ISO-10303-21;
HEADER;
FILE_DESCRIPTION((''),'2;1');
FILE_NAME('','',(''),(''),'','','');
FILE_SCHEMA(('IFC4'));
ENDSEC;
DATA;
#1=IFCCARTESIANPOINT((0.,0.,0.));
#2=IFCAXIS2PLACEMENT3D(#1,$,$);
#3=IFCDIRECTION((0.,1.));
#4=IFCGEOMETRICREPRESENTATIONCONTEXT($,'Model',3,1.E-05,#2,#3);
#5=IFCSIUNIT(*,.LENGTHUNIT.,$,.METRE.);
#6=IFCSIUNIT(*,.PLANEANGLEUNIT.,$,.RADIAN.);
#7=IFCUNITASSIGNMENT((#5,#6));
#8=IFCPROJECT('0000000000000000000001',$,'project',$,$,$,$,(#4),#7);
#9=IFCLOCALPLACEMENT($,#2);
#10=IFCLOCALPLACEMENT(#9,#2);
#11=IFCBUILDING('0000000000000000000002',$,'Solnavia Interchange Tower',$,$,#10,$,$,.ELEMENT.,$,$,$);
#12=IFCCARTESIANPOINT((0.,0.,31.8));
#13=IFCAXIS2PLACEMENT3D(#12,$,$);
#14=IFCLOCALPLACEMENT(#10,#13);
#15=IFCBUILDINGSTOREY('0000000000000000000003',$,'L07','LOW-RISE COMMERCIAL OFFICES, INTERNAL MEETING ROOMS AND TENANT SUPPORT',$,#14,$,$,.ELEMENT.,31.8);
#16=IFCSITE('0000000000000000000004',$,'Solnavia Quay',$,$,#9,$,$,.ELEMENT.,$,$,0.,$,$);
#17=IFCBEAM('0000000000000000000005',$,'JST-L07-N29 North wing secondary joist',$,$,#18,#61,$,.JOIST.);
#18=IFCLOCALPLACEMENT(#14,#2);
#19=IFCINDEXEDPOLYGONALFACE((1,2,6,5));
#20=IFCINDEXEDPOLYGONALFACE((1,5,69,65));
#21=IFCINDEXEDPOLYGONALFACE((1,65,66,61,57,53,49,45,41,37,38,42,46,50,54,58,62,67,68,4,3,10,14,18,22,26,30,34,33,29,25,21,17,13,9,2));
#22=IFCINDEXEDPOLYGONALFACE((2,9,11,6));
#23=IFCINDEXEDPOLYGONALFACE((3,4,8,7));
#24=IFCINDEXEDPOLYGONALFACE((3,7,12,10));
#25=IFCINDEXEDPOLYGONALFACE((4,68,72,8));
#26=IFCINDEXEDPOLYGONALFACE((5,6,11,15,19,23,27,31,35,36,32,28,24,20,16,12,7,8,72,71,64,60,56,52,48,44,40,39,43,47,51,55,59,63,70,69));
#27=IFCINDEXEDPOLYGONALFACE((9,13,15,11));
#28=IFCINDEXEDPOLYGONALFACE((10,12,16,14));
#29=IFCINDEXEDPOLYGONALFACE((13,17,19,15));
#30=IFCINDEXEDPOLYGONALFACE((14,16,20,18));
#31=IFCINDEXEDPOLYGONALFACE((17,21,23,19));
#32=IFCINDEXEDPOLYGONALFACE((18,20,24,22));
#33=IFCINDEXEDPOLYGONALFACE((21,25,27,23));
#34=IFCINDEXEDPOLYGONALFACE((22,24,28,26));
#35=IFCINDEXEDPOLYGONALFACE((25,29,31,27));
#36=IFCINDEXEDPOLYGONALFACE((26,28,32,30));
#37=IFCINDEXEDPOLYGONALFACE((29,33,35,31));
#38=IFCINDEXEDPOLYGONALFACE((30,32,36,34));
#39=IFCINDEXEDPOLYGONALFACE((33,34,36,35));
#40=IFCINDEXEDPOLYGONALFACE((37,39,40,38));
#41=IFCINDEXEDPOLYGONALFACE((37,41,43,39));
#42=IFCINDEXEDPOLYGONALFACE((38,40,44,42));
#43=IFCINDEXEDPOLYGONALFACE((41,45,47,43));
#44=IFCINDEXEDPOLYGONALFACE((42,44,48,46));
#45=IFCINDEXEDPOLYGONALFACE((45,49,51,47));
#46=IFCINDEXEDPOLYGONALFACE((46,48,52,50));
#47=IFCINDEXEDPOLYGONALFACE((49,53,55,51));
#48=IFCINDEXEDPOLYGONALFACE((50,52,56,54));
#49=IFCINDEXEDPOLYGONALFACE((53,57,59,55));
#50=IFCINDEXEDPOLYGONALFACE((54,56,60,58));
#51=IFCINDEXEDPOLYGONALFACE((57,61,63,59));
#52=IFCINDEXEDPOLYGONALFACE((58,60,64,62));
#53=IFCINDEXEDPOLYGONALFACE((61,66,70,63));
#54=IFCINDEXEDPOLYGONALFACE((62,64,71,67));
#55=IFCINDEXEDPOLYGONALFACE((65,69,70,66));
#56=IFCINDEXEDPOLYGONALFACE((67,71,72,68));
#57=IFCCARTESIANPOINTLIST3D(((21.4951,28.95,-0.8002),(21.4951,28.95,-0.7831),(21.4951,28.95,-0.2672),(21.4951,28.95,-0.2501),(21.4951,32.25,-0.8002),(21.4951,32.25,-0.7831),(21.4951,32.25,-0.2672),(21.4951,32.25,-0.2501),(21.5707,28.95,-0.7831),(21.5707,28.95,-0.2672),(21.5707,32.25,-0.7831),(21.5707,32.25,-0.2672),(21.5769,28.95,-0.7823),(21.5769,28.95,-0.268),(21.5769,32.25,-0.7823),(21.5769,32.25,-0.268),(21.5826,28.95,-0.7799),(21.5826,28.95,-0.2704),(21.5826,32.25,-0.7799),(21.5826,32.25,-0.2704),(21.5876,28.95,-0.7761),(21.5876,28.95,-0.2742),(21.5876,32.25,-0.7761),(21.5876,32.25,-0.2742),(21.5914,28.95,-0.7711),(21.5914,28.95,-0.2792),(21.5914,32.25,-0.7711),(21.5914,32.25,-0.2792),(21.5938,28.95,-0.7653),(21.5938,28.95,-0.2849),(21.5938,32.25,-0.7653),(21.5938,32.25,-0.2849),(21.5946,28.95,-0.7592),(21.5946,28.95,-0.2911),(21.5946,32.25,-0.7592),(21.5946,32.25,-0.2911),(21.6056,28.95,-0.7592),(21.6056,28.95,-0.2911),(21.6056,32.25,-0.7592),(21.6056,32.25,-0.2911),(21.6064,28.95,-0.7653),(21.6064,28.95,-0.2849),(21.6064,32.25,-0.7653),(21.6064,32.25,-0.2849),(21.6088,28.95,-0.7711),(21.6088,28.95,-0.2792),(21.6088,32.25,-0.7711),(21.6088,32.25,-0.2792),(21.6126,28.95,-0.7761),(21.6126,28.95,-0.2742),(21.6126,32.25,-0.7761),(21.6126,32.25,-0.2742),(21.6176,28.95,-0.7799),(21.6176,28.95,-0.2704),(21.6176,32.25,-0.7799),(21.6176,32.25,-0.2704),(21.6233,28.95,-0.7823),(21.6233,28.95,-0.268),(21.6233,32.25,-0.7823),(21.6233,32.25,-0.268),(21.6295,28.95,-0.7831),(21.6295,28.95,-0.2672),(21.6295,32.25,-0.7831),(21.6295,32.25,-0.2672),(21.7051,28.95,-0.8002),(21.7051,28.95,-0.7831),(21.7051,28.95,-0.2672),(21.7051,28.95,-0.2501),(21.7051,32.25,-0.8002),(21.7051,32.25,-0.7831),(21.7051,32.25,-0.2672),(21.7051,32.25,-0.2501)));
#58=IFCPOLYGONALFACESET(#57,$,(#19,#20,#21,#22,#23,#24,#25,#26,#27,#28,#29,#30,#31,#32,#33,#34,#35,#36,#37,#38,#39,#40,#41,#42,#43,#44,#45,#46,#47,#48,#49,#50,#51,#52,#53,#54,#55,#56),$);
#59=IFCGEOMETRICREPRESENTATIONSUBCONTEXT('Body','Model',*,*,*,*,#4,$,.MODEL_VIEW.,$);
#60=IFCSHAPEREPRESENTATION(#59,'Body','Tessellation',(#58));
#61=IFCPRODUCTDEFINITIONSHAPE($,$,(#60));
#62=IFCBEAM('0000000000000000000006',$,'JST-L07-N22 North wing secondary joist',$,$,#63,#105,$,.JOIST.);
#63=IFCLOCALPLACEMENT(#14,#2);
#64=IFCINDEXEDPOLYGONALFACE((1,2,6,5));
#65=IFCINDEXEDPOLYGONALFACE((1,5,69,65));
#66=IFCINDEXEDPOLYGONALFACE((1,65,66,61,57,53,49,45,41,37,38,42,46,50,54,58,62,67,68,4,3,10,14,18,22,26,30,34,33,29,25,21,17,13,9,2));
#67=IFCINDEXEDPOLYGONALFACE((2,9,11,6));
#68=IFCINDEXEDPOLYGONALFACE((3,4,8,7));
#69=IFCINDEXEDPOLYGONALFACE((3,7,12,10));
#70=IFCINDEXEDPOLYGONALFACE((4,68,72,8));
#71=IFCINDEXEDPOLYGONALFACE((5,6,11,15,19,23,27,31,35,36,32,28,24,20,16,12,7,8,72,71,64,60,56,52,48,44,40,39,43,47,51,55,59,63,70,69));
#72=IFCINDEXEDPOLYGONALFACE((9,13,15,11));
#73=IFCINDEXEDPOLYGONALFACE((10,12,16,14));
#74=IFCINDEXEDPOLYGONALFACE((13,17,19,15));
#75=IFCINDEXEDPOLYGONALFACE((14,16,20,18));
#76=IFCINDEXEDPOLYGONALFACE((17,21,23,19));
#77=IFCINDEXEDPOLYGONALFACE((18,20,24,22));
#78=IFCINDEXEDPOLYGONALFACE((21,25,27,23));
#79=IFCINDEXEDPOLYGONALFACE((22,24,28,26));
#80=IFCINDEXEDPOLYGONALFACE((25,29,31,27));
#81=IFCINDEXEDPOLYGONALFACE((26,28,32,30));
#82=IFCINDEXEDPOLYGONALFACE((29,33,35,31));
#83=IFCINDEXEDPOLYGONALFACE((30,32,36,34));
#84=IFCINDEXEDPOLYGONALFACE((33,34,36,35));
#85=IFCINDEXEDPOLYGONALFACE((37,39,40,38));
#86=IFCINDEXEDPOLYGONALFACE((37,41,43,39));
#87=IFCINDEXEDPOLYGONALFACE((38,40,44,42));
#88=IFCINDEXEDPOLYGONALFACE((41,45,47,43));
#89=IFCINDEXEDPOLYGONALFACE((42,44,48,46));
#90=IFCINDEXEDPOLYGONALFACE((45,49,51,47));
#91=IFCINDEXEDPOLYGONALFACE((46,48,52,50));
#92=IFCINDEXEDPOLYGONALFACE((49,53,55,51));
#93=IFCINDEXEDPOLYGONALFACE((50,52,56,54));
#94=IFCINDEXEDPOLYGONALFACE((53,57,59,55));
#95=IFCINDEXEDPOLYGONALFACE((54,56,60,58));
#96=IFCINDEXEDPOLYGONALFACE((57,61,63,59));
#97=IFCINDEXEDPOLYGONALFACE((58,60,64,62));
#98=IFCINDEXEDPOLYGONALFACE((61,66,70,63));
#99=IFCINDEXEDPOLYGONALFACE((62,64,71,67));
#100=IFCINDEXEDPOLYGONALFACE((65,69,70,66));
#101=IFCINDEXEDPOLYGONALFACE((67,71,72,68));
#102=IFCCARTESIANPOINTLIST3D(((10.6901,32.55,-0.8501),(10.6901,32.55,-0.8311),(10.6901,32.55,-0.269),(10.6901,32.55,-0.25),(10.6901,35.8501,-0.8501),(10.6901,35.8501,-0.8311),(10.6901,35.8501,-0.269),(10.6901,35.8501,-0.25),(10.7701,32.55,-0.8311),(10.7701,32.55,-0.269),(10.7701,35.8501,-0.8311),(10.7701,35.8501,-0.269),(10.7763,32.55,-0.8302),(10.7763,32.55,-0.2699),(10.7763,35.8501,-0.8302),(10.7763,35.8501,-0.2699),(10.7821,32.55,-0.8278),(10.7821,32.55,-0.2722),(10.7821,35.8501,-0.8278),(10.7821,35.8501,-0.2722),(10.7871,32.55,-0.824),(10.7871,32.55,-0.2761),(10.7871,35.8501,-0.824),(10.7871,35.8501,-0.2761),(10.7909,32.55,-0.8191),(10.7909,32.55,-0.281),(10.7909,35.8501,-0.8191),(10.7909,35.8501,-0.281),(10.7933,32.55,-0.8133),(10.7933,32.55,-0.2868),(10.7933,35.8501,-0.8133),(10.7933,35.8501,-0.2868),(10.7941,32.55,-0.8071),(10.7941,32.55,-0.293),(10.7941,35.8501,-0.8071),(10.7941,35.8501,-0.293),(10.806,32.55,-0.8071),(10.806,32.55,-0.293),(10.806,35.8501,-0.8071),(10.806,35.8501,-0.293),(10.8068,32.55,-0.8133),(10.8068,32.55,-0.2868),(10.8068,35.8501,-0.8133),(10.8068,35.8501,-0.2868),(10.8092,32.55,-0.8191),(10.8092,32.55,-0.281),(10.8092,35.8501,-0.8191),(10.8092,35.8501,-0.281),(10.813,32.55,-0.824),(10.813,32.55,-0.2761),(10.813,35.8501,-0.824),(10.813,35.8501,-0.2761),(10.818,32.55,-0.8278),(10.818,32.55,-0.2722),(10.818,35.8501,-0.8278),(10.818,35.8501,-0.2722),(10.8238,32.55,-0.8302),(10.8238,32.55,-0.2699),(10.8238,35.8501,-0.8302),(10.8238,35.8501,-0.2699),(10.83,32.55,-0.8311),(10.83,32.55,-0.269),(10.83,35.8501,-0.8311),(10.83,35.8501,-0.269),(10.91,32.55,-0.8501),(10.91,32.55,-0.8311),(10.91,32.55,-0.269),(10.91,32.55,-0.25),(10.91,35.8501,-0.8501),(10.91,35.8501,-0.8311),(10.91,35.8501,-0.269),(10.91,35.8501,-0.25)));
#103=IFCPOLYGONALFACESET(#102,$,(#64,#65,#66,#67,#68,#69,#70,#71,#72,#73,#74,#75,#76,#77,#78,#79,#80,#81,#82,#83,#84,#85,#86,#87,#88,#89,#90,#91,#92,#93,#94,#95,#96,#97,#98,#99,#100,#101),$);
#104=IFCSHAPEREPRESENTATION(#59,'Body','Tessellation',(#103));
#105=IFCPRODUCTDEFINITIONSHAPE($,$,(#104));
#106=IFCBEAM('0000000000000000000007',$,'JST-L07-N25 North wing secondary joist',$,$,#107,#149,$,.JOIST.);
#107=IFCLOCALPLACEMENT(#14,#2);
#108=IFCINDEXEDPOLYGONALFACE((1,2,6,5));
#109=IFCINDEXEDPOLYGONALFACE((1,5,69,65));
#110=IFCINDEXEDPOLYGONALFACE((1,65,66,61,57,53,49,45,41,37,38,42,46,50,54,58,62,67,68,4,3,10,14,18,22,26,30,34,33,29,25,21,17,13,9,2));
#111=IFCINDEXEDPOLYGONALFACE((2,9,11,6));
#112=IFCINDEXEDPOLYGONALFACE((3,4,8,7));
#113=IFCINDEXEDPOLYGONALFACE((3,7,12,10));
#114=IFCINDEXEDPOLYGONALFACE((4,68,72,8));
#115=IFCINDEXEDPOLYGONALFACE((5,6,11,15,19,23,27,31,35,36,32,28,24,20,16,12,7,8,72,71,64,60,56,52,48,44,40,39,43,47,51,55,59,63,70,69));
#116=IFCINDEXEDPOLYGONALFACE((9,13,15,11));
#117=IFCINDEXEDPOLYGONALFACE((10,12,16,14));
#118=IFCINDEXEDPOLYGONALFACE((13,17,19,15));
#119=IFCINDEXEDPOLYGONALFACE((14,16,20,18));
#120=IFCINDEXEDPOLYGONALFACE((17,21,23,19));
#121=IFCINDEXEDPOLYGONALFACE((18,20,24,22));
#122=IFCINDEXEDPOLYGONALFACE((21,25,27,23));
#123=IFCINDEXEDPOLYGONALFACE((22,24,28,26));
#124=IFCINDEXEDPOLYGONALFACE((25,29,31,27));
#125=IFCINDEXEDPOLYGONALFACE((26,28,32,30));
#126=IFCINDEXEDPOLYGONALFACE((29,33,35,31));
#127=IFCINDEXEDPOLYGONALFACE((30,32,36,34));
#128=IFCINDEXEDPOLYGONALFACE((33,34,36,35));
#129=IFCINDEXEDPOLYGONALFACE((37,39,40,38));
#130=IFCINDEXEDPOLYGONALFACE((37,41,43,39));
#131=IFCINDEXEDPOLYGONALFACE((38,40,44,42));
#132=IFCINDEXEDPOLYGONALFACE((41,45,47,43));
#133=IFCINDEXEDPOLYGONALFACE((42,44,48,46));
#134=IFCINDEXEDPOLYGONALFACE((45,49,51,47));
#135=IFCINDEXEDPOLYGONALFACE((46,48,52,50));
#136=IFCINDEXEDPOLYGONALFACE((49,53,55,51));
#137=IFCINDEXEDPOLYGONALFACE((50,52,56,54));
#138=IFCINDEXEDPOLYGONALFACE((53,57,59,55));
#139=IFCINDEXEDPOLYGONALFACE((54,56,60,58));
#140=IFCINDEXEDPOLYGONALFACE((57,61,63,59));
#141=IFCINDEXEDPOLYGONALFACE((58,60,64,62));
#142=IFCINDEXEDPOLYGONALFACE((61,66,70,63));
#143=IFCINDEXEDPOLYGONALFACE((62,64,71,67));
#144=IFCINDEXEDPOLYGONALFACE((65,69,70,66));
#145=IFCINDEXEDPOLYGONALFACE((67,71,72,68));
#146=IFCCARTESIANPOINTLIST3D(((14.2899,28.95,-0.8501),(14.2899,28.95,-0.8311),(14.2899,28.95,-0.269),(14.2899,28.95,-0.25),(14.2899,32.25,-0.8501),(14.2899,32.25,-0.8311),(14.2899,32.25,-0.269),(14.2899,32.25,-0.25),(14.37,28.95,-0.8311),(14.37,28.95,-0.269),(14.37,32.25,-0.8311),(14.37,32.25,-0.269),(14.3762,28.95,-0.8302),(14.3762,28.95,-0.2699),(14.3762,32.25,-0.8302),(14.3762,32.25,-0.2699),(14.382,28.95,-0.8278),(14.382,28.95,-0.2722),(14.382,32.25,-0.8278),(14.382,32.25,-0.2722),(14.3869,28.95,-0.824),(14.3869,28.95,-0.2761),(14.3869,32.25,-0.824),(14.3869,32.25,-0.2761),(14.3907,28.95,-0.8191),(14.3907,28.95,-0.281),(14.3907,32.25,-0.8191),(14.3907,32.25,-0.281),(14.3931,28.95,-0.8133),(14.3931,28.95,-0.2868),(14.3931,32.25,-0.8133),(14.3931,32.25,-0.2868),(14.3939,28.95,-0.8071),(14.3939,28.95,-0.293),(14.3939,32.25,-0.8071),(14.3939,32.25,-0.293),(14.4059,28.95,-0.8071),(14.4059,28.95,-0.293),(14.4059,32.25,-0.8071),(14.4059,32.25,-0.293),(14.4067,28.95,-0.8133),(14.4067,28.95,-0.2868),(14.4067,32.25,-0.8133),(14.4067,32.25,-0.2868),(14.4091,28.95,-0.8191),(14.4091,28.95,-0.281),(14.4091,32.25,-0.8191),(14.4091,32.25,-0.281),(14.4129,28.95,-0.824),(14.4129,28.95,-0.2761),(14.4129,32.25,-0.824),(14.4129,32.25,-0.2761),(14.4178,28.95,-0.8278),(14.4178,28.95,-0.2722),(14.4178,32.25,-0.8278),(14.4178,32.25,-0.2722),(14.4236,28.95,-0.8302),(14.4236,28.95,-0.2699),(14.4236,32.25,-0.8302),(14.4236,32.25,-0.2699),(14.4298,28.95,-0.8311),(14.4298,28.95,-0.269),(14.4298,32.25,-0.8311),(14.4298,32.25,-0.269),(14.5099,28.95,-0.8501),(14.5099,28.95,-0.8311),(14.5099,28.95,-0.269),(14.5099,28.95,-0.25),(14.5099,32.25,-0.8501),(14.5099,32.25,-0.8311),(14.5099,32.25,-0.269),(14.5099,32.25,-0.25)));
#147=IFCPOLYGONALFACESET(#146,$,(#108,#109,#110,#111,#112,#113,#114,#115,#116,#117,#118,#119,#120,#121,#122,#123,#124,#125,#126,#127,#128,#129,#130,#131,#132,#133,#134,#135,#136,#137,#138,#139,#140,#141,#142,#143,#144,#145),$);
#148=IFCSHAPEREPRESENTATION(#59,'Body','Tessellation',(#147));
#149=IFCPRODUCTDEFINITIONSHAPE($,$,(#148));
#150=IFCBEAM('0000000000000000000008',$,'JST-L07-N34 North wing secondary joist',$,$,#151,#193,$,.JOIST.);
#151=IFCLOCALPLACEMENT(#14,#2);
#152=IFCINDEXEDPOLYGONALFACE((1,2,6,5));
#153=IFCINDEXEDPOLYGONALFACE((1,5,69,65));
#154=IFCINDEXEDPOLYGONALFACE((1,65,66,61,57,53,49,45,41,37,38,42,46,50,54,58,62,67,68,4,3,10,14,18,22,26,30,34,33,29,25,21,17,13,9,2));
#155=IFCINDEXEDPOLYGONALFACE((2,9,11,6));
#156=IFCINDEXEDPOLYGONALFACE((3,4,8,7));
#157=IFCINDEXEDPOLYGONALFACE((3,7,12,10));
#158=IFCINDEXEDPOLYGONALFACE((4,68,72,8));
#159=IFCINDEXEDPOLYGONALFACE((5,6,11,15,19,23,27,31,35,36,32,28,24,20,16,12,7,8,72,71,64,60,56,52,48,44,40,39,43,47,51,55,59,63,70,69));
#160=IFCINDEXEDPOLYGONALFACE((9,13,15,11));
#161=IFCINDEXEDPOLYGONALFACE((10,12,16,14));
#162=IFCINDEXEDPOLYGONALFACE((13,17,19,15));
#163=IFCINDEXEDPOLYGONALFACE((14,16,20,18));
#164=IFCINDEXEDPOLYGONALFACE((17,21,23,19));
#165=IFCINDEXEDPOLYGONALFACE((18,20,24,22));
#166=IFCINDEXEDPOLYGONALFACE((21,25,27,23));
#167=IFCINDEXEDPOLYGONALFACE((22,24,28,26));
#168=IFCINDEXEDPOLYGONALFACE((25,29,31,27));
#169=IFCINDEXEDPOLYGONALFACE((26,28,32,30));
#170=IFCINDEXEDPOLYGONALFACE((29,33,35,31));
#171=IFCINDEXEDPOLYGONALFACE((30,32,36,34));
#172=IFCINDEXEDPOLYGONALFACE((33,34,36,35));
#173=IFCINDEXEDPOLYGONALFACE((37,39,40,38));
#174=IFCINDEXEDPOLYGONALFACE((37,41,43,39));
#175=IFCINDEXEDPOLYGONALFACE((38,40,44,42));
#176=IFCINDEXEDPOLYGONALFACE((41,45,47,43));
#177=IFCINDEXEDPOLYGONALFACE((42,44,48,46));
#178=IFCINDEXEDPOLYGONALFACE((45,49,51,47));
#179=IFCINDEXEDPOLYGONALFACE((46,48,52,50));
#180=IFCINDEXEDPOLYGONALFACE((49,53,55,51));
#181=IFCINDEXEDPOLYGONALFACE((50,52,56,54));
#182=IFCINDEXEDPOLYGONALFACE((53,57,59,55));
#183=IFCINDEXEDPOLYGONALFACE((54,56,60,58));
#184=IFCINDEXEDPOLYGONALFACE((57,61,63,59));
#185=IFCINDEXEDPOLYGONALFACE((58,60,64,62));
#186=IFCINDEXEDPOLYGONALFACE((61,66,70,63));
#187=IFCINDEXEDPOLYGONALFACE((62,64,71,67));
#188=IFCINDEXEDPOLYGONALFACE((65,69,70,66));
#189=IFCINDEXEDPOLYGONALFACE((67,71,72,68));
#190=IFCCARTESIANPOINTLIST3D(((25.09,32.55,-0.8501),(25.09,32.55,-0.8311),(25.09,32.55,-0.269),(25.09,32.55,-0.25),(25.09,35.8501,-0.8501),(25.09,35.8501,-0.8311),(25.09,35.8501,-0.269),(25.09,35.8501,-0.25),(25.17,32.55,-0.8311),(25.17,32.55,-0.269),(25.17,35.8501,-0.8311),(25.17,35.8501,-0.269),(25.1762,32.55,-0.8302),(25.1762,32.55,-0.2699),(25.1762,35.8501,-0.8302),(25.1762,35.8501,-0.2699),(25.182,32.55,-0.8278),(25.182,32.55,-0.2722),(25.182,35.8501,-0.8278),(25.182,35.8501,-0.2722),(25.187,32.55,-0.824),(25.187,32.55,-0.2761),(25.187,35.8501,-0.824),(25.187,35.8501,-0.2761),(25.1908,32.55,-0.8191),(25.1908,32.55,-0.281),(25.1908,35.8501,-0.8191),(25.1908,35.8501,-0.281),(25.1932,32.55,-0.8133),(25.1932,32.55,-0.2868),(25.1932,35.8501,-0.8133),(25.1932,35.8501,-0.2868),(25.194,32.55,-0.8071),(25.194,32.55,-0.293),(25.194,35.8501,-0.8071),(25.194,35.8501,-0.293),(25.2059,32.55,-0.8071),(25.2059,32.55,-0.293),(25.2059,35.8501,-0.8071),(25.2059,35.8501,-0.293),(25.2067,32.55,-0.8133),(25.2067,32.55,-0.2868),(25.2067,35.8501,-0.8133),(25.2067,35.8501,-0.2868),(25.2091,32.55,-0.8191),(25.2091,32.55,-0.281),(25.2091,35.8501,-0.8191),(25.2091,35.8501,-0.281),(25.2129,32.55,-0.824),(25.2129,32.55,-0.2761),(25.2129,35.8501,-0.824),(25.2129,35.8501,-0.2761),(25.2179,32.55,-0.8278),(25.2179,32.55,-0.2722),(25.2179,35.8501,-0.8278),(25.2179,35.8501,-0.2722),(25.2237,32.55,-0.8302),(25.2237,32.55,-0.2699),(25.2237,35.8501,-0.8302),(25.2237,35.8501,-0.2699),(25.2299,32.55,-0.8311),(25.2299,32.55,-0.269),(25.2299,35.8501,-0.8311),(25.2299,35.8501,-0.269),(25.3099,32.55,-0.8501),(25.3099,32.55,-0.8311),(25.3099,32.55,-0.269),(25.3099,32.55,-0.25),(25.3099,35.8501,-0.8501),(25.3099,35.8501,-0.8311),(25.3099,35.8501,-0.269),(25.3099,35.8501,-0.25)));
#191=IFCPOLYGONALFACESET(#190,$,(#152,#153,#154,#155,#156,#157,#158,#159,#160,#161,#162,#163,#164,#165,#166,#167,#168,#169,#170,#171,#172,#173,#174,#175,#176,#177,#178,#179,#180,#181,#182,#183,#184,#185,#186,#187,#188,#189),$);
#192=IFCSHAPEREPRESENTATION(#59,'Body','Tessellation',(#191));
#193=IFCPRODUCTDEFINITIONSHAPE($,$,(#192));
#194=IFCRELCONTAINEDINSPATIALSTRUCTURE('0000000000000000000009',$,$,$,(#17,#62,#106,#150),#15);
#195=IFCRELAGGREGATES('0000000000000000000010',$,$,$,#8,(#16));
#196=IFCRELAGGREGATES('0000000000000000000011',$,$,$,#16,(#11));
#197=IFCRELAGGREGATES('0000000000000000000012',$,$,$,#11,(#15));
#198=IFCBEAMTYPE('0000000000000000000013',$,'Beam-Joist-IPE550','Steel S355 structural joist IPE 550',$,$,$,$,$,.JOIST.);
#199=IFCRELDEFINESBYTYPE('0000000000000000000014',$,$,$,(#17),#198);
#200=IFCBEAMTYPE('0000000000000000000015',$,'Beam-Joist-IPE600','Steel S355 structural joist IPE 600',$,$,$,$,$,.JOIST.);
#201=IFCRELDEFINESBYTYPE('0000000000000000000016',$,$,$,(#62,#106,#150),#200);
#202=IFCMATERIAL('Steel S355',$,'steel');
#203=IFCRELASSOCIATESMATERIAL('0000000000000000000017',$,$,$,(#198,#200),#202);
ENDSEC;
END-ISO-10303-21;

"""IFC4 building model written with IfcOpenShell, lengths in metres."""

from ifc_helpers import new_model, si_unit, direction, frame, origin, origin_2d, place, context, subcontext, project, spatial, i_section, extrude, material, material_profile, profile_set, type_object, element, save


model = new_model("IFC4")

# Units and contexts
model_context = context("Model", 3, precision=1e-05, world=origin(), true_north=direction((0.0, 1.0)))
body_context = subcontext(model_context, "Body", "Model", "MODEL_VIEW")
ifc_project = project(units=[si_unit("LENGTHUNIT", "METRE"), si_unit("PLANEANGLEUNIT", "RADIAN")], contexts=[model_context])

# Site, building, storey
site_placement = place(None, origin())
site = spatial("IfcSite", under=ifc_project, at=site_placement, Name="Solnavia Quay", CompositionType="ELEMENT", RefElevation=0.0)
building_placement = place(site_placement, origin())
building = spatial("IfcBuilding", under=site, at=building_placement, Name="Solnavia Interchange Tower", CompositionType="ELEMENT")
storey_placement = place(building_placement, frame((0.0, 0.0, 31.8)))
storey = spatial("IfcBuildingStorey", under=building, at=storey_placement, Name="L07", Description="LOW-RISE COMMERCIAL OFFICES, INTERNAL MEETING ROOMS AND TENANT SUPPORT", CompositionType="ELEMENT", Elevation=31.8)

# Shared definitions
ifc_material_1 = material(Name="Steel S355", Category="steel")

# Beams
ifc_material_profile_1 = material_profile(ifc_material_1, i_section(OverallWidth=0.21, OverallDepth=0.55, WebThickness=0.011, FlangeThickness=0.0171, FilletRadius=0.0239, at=origin_2d()), Name="IPE 550")
ifc_profile_set_1 = profile_set([ifc_material_profile_1], Name="Steel S355")
beam_type_1 = type_object("IfcBeamType", Name="Beam-Joist-IPE550", Description="Steel S355 structural joist IPE 550", PredefinedType="JOIST", material=ifc_profile_set_1)
for number, where, z_axis, x_axis, name in (
    (1, (21.6001, 28.95, -0.5251), (0.0, 1.0, 0.0), (-1.0, 0.0, 0.0), "JST-L07-N29 North wing secondary joist"),
):
    element("IfcBeam", number, at=place(storey_placement, frame(where, z_axis=z_axis, x_axis=x_axis)), inside=storey, type_object=beam_type_1, Name=name, PredefinedType="JOIST", context=body_context, shape_type="SweptSolid", body=[
        extrude(i_section(OverallWidth=0.21, OverallDepth=0.55, WebThickness=0.011, FlangeThickness=0.0171, FilletRadius=0.0239, at=origin_2d()), origin(), (0.0, 0.0, 1.0), 3.3),
    ])
ifc_material_profile_2 = material_profile(ifc_material_1, i_section(OverallWidth=0.22, OverallDepth=0.6001, WebThickness=0.012, FlangeThickness=0.019, FilletRadius=0.0239, at=origin_2d()), Name="IPE 600")
ifc_profile_set_2 = profile_set([ifc_material_profile_2], Name="Steel S355")
beam_type_2 = type_object("IfcBeamType", Name="Beam-Joist-IPE600", Description="Steel S355 structural joist IPE 600", PredefinedType="JOIST", material=ifc_profile_set_2)
for number, where, z_axis, x_axis, name in (
    (2, (10.8, 32.55, -0.55), (0.0, 1.0, 0.0), (-1.0, 0.0, 0.0), "JST-L07-N22 North wing secondary joist"),
    (3, (14.3999, 28.95, -0.55), (0.0, 1.0, 0.0), (-1.0, 0.0, 0.0), "JST-L07-N25 North wing secondary joist"),
    (4, (25.2, 32.55, -0.55), (0.0, 1.0, 0.0), (-1.0, 0.0, 0.0), "JST-L07-N34 North wing secondary joist"),
):
    element("IfcBeam", number, at=place(storey_placement, frame(where, z_axis=z_axis, x_axis=x_axis)), inside=storey, type_object=beam_type_2, Name=name, PredefinedType="JOIST", context=body_context, shape_type="SweptSolid", body=[
        extrude(i_section(OverallWidth=0.22, OverallDepth=0.6001, WebThickness=0.012, FlangeThickness=0.019, FilletRadius=0.0239, at=origin_2d()), origin(), (0.0, 0.0, 1.0), 3.3),
    ])

save(model, "model.ifc")
